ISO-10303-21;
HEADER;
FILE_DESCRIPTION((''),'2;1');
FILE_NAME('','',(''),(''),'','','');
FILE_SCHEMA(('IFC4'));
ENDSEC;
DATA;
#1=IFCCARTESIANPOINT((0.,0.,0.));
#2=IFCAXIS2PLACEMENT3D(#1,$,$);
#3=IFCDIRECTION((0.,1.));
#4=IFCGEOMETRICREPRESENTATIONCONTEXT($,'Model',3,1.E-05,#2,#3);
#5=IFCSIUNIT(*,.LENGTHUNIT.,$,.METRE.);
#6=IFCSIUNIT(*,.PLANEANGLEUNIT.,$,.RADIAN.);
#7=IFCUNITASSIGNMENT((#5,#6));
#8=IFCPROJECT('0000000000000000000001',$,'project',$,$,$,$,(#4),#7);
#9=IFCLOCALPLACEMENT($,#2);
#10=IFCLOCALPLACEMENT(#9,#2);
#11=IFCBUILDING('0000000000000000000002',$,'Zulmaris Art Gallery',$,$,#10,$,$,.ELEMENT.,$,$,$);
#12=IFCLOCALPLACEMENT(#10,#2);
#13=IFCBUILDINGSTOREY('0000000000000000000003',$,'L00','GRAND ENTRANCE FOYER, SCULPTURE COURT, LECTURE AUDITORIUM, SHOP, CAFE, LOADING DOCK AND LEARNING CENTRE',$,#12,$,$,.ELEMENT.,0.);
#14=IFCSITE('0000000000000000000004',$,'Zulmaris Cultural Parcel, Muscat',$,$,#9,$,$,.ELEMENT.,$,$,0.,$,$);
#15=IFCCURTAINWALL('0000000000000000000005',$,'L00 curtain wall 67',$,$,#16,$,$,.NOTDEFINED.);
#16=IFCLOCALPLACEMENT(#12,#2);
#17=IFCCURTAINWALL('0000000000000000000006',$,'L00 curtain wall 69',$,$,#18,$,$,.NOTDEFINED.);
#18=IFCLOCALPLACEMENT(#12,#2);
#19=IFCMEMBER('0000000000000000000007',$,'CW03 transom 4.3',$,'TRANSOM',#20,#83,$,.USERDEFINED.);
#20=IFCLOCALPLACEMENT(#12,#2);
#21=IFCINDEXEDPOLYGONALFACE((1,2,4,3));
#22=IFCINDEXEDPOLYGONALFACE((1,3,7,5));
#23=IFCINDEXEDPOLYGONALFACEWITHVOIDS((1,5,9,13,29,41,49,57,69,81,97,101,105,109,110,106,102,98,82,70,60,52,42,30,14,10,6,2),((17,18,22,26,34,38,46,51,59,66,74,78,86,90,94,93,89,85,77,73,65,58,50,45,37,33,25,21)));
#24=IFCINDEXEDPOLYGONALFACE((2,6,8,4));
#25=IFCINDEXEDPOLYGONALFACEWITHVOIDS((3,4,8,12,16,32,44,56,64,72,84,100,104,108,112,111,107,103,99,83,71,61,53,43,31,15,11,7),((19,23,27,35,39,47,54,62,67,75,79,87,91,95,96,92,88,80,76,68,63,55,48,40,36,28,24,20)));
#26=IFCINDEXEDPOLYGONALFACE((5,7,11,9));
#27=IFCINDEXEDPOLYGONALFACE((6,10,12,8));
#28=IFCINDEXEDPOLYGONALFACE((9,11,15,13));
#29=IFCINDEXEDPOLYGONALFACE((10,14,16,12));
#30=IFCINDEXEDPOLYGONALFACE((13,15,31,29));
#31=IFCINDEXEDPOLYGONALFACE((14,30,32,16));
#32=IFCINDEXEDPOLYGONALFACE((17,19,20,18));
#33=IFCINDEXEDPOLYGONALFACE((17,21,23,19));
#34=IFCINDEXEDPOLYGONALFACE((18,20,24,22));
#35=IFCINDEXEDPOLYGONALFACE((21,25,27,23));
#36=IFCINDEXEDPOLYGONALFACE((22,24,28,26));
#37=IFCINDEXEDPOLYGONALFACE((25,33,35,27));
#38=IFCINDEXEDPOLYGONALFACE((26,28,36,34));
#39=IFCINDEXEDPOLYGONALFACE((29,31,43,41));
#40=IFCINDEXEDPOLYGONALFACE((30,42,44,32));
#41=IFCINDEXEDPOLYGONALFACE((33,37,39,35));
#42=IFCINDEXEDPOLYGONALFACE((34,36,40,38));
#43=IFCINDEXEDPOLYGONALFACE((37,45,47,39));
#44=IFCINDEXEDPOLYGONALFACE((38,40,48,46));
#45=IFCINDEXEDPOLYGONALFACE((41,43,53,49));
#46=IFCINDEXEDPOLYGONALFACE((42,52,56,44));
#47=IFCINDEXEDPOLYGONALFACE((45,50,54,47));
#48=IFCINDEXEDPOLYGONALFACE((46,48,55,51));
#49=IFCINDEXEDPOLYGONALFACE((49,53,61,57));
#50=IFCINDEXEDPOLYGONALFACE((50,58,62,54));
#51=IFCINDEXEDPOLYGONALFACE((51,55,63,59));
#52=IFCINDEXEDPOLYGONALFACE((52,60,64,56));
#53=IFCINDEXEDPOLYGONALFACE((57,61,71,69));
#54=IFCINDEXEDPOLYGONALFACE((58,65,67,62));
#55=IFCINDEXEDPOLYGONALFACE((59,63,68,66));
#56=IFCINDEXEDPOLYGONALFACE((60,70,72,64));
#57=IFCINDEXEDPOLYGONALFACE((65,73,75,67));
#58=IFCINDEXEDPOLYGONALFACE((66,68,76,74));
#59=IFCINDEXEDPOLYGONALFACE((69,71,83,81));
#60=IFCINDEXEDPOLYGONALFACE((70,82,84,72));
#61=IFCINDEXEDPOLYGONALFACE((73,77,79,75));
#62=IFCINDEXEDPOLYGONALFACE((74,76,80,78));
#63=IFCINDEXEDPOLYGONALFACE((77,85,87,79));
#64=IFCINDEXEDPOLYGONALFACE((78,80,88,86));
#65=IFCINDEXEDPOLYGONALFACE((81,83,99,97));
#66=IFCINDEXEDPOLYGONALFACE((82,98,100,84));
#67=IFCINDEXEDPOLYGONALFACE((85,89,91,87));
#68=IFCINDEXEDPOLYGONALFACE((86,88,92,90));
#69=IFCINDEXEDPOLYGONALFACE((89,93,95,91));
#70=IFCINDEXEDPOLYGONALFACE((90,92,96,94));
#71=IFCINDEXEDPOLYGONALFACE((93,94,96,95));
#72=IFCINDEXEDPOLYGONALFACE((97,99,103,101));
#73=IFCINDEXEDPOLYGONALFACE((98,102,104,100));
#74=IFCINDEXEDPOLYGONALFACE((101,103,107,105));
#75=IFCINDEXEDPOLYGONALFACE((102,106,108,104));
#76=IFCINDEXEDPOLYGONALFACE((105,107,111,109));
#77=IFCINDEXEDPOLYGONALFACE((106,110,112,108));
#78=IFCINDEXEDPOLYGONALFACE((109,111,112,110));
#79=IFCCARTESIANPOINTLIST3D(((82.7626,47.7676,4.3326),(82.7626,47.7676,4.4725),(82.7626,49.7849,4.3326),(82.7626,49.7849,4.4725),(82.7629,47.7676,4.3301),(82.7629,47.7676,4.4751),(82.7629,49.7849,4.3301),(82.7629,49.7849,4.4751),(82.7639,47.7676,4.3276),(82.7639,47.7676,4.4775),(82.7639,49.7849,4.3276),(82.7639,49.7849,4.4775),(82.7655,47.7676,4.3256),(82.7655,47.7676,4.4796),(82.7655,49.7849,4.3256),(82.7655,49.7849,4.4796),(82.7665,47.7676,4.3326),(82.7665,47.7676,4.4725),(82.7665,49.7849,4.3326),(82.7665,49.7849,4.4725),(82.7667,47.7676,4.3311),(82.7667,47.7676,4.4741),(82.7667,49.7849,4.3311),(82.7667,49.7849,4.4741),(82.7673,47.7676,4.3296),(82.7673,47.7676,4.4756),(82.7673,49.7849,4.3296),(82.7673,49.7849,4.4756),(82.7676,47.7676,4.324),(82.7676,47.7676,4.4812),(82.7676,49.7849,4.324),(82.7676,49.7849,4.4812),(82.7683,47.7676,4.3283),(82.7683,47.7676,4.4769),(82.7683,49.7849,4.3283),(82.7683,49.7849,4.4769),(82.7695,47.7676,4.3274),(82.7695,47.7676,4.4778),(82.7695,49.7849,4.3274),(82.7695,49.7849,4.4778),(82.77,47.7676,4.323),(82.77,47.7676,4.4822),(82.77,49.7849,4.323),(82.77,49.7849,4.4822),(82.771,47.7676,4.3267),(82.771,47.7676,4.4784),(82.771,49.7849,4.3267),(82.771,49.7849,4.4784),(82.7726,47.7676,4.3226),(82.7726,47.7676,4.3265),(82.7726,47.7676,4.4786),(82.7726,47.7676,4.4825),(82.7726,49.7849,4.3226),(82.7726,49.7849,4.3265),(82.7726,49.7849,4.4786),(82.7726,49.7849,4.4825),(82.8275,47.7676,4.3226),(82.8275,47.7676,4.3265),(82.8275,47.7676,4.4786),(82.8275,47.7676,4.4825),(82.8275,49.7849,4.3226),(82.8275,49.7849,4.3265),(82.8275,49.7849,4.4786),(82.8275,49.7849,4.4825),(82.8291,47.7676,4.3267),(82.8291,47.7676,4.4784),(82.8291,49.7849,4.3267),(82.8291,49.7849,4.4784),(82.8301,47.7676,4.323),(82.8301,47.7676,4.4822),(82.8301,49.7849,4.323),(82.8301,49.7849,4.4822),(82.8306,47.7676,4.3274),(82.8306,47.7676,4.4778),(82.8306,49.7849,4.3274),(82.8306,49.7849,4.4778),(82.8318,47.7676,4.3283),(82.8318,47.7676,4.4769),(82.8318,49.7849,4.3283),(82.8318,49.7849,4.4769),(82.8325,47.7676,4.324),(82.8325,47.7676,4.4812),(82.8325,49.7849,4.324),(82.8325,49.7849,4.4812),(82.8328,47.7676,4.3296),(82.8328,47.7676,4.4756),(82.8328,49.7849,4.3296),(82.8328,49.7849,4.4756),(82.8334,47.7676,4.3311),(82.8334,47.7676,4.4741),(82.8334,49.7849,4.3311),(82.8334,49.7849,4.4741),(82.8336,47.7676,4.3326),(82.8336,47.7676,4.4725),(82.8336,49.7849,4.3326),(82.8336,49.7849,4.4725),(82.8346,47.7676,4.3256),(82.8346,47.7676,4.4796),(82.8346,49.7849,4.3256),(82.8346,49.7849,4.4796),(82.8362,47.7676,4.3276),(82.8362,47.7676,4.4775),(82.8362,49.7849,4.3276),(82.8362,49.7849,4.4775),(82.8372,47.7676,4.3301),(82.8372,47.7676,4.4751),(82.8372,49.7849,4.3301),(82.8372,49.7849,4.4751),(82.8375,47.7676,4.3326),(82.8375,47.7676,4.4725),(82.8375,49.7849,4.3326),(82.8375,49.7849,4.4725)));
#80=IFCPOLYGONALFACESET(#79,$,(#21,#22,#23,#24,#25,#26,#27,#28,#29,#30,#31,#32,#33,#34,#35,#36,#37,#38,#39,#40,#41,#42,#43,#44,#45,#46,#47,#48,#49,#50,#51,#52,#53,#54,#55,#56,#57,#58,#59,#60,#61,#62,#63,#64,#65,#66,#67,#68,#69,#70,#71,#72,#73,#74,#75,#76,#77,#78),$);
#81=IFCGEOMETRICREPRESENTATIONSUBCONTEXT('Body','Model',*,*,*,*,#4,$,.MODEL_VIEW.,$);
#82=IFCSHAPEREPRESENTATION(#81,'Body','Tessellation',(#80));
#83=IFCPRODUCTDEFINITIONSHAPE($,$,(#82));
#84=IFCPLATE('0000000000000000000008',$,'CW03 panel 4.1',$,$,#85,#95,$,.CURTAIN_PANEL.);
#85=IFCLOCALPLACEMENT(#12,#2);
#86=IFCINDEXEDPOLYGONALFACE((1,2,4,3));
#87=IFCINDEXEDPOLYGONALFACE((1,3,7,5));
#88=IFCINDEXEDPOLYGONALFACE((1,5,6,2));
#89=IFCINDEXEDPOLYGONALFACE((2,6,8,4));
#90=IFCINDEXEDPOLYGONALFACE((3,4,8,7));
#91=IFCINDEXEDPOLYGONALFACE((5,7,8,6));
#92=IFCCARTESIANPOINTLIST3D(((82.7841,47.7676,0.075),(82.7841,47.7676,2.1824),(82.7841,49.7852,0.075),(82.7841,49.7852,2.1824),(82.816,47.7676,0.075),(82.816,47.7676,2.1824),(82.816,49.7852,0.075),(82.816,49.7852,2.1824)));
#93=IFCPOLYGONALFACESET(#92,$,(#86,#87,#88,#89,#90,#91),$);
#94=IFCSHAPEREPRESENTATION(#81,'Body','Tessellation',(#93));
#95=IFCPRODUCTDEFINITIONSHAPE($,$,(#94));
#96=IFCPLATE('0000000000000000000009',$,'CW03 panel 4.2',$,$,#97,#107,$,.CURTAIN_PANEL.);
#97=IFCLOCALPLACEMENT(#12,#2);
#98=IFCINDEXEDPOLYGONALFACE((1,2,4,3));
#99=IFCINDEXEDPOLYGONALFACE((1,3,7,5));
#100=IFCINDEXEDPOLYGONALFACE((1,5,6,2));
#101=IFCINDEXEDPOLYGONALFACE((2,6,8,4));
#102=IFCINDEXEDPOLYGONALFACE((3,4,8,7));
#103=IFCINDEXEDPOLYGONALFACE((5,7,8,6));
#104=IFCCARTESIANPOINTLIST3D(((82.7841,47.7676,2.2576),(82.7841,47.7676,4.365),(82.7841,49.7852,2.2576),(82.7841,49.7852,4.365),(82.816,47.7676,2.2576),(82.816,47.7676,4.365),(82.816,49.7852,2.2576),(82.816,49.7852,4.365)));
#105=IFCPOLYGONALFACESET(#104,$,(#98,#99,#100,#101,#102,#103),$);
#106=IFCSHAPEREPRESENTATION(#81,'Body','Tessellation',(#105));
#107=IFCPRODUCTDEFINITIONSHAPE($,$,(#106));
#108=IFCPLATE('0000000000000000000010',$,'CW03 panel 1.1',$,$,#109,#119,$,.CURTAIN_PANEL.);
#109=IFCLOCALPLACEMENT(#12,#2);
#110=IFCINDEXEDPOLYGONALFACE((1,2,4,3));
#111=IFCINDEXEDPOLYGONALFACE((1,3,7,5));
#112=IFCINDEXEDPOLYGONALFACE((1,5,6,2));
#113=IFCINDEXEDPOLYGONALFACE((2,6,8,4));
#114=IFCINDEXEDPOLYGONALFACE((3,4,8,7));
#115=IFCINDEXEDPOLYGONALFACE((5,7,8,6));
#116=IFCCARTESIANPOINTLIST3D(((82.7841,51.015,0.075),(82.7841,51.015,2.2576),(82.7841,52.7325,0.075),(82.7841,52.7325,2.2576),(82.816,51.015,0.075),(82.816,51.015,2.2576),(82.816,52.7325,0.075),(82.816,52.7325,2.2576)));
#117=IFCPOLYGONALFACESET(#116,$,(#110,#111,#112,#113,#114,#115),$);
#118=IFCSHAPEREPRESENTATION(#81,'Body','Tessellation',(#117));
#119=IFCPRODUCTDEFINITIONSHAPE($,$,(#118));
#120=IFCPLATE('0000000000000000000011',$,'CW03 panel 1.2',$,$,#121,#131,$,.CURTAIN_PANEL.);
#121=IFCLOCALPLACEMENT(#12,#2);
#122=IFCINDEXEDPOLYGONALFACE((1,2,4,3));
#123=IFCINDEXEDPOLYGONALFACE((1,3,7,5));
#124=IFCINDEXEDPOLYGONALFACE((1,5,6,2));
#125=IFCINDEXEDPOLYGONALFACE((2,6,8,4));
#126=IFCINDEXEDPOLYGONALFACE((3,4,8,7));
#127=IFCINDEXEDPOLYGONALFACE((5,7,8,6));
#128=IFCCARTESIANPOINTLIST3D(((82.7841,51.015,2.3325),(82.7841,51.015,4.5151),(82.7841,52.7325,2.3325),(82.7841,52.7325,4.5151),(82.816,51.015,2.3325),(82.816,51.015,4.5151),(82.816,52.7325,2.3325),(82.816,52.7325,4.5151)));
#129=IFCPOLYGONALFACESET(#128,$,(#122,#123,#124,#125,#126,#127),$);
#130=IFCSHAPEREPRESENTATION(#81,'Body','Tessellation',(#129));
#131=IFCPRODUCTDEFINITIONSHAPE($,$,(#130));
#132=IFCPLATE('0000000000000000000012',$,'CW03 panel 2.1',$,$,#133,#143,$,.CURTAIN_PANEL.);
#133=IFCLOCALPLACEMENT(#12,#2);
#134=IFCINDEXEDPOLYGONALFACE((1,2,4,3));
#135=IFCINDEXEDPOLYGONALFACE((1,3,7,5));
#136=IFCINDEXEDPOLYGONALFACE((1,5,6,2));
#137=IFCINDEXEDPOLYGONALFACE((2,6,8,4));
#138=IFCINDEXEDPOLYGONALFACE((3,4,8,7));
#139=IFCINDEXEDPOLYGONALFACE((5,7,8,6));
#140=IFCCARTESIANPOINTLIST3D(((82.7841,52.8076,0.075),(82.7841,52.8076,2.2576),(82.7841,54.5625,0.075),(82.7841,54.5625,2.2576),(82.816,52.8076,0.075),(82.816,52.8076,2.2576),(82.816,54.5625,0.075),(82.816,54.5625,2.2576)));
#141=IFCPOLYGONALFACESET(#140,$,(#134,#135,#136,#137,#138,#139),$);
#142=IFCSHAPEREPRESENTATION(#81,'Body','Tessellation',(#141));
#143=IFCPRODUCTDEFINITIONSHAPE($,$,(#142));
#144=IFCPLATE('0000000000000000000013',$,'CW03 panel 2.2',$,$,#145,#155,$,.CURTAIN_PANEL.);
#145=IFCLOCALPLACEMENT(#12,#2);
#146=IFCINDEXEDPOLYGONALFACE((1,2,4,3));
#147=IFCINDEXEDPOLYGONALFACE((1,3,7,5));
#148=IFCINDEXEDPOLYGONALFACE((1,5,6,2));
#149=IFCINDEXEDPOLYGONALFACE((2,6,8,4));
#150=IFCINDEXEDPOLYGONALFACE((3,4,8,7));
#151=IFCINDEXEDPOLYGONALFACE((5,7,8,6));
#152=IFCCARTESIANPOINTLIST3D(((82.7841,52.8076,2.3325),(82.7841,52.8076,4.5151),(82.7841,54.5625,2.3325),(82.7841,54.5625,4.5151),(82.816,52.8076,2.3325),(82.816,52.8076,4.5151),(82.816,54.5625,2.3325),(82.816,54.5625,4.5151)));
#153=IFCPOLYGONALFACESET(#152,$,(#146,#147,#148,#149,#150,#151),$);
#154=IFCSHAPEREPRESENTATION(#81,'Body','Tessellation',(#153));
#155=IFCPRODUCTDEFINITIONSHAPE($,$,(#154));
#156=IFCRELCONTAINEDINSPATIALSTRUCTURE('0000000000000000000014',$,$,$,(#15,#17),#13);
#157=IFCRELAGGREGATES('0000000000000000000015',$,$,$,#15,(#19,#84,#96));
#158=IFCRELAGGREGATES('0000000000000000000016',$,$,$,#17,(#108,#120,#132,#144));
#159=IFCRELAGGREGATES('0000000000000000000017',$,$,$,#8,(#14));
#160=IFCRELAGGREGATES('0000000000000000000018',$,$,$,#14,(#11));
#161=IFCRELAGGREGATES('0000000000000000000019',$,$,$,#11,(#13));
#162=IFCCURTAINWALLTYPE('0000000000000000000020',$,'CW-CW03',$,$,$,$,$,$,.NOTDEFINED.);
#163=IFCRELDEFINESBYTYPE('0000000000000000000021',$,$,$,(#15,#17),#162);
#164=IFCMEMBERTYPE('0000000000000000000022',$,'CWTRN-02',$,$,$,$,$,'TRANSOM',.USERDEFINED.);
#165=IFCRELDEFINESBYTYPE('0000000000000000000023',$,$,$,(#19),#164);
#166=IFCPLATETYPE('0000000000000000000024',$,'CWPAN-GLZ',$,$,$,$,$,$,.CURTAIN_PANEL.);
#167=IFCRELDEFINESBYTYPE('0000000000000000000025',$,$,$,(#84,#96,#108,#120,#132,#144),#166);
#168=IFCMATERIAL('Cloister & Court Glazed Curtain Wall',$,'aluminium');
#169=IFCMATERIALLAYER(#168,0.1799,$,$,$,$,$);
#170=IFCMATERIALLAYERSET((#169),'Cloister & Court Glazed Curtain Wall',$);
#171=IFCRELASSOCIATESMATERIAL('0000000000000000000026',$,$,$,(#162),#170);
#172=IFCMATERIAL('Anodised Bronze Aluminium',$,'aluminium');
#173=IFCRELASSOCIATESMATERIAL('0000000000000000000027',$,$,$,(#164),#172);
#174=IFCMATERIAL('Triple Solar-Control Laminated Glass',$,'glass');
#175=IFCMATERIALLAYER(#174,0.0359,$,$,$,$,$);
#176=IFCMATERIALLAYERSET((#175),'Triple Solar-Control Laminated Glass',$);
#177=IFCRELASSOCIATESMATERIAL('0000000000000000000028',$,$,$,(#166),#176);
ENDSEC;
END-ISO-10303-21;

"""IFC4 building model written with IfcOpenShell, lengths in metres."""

from ifc_helpers import new_model, si_unit, direction, frame, origin, origin_2d, place, context, subcontext, project, spatial, rectangle, hollow_rectangle, extrude, material, layer, layer_set, material_profile, profile_set, type_object, element, aggregate, save


model = new_model("IFC4")

# Units and contexts
model_context = context("Model", 3, precision=1e-05, world=origin(), true_north=direction((0.0, 1.0)))
body_context = subcontext(model_context, "Body", "Model", "MODEL_VIEW")
ifc_project = project(units=[si_unit("LENGTHUNIT", "METRE"), si_unit("PLANEANGLEUNIT", "RADIAN")], contexts=[model_context])

# Site, building, storey
site_placement = place(None, origin())
site = spatial("IfcSite", under=ifc_project, at=site_placement, Name="Zulmaris Cultural Parcel, Muscat", CompositionType="ELEMENT", RefElevation=0.0)
building_placement = place(site_placement, origin())
building = spatial("IfcBuilding", under=site, at=building_placement, Name="Zulmaris Art Gallery", CompositionType="ELEMENT")
storey_placement = place(building_placement, origin())
storey = spatial("IfcBuildingStorey", under=building, at=storey_placement, Name="L00", Description="GRAND ENTRANCE FOYER, SCULPTURE COURT, LECTURE AUDITORIUM, SHOP, CAFE, LOADING DOCK AND LEARNING CENTRE", CompositionType="ELEMENT", Elevation=0.0)

# Curtain wall
ifc_material_1 = material(Name="Cloister & Court Glazed Curtain Wall", Category="aluminium")
ifc_layer_1 = layer(ifc_material_1, 0.1799)
ifc_layer_set_1 = layer_set([ifc_layer_1], Name="Cloister & Court Glazed Curtain Wall")
curtain_wall_type = type_object("IfcCurtainWallType", Name="CW-CW03", PredefinedType="NOTDEFINED", material=ifc_layer_set_1)
curtain_wall_1_placement = place(storey_placement, origin())
curtain_wall_1 = element("IfcCurtainWall", 1, at=curtain_wall_1_placement, inside=storey, type_object=curtain_wall_type, Name="L00 curtain wall 67", PredefinedType="NOTDEFINED")
ifc_material_2 = material(Name="Anodised Bronze Aluminium", Category="aluminium")

# Curtain wall
curtain_wall_2_placement = place(storey_placement, origin())
curtain_wall_2 = element("IfcCurtainWall", 2, at=curtain_wall_2_placement, inside=storey, type_object=curtain_wall_type, Name="L00 curtain wall 69", PredefinedType="NOTDEFINED")

# Member
ifc_material_profile_1 = material_profile(ifc_material_2, hollow_rectangle(XDim=0.075, YDim=0.1599, WallThickness=0.0039, InnerFilletRadius=0.0061, OuterFilletRadius=0.01, at=origin_2d()), Name="ALU 75x160x4")
ifc_profile_set_1 = profile_set([ifc_material_profile_1], Name="Anodised Bronze Aluminium")
member_type_1 = type_object("IfcMemberType", Name="CWTRN-02", ElementType="TRANSOM", PredefinedType="USERDEFINED", material=ifc_profile_set_1)
member_1_placement = place(storey_placement, frame((82.8, 47.7676, 4.4026), z_axis=(0.0, 1.0, 0.0), x_axis=(-1.0, 0.0, 0.0)))
member_1 = element("IfcMember", 3, at=member_1_placement, type_object=member_type_1, Name="CW03 transom 4.3", ObjectType="TRANSOM", PredefinedType="USERDEFINED", context=body_context, shape_type="SweptSolid", body=[
    extrude(hollow_rectangle(XDim=0.075, YDim=0.1599, WallThickness=0.0039, InnerFilletRadius=0.0061, OuterFilletRadius=0.01, at=origin_2d()), origin(), (0.0, 0.0, 1.0), 2.0173),
])

# Plates
ifc_material_3 = material(Name="Triple Solar-Control Laminated Glass", Category="glass")
ifc_layer_2 = layer(ifc_material_3, 0.0359)
ifc_layer_set_2 = layer_set([ifc_layer_2], Name="Triple Solar-Control Laminated Glass")
plate_type = type_object("IfcPlateType", Name="CWPAN-GLZ", PredefinedType="CURTAIN_PANEL", material=ifc_layer_set_2)
plate_1_placement = place(storey_placement, frame((82.8, 48.7764, 0.075), z_axis=(0.0, 0.0, 1.0), x_axis=(0.0, 1.0, 0.0)))
plate_1 = element("IfcPlate", 4, at=plate_1_placement, type_object=plate_type, Name="CW03 panel 4.1", PredefinedType="CURTAIN_PANEL", context=body_context, shape_type="SweptSolid", body=[
    extrude(rectangle(XDim=2.0176, YDim=0.032, at=origin_2d()), origin(), (0.0, 0.0, 1.0), 2.1074),
])
plate_2_placement = place(storey_placement, frame((82.8, 48.7764, 2.2576), z_axis=(0.0, 0.0, 1.0), x_axis=(0.0, 1.0, 0.0)))
plate_2 = element("IfcPlate", 5, at=plate_2_placement, type_object=plate_type, Name="CW03 panel 4.2", PredefinedType="CURTAIN_PANEL", context=body_context, shape_type="SweptSolid", body=[
    extrude(rectangle(XDim=2.0176, YDim=0.032, at=origin_2d()), origin(), (0.0, 0.0, 1.0), 2.1074),
])
aggregate(curtain_wall_1, [member_1, plate_1, plate_2])
plate_3_placement = place(storey_placement, frame((82.8, 51.8738, 0.075), z_axis=(0.0, 0.0, 1.0), x_axis=(0.0, 1.0, 0.0)))
plate_3 = element("IfcPlate", 6, at=plate_3_placement, type_object=plate_type, Name="CW03 panel 1.1", PredefinedType="CURTAIN_PANEL", context=body_context, shape_type="SweptSolid", body=[
    extrude(rectangle(XDim=1.7175, YDim=0.032, at=origin_2d()), origin(), (0.0, 0.0, 1.0), 2.1826),
])
plate_4_placement = place(storey_placement, frame((82.8, 51.8738, 2.3325), z_axis=(0.0, 0.0, 1.0), x_axis=(0.0, 1.0, 0.0)))
plate_4 = element("IfcPlate", 7, at=plate_4_placement, type_object=plate_type, Name="CW03 panel 1.2", PredefinedType="CURTAIN_PANEL", context=body_context, shape_type="SweptSolid", body=[
    extrude(rectangle(XDim=1.7175, YDim=0.032, at=origin_2d()), origin(), (0.0, 0.0, 1.0), 2.1826),
])
plate_5_placement = place(storey_placement, frame((82.8, 53.6851, 0.075), z_axis=(0.0, 0.0, 1.0), x_axis=(0.0, 1.0, 0.0)))
plate_5 = element("IfcPlate", 8, at=plate_5_placement, type_object=plate_type, Name="CW03 panel 2.1", PredefinedType="CURTAIN_PANEL", context=body_context, shape_type="SweptSolid", body=[
    extrude(rectangle(XDim=1.7549, YDim=0.032, at=origin_2d()), origin(), (0.0, 0.0, 1.0), 2.1826),
])
plate_6_placement = place(storey_placement, frame((82.8, 53.6851, 2.3325), z_axis=(0.0, 0.0, 1.0), x_axis=(0.0, 1.0, 0.0)))
plate_6 = element("IfcPlate", 9, at=plate_6_placement, type_object=plate_type, Name="CW03 panel 2.2", PredefinedType="CURTAIN_PANEL", context=body_context, shape_type="SweptSolid", body=[
    extrude(rectangle(XDim=1.7549, YDim=0.032, at=origin_2d()), origin(), (0.0, 0.0, 1.0), 2.1826),
])
aggregate(curtain_wall_2, [plate_3, plate_4, plate_5, plate_6])

save(model, "model.ifc")
